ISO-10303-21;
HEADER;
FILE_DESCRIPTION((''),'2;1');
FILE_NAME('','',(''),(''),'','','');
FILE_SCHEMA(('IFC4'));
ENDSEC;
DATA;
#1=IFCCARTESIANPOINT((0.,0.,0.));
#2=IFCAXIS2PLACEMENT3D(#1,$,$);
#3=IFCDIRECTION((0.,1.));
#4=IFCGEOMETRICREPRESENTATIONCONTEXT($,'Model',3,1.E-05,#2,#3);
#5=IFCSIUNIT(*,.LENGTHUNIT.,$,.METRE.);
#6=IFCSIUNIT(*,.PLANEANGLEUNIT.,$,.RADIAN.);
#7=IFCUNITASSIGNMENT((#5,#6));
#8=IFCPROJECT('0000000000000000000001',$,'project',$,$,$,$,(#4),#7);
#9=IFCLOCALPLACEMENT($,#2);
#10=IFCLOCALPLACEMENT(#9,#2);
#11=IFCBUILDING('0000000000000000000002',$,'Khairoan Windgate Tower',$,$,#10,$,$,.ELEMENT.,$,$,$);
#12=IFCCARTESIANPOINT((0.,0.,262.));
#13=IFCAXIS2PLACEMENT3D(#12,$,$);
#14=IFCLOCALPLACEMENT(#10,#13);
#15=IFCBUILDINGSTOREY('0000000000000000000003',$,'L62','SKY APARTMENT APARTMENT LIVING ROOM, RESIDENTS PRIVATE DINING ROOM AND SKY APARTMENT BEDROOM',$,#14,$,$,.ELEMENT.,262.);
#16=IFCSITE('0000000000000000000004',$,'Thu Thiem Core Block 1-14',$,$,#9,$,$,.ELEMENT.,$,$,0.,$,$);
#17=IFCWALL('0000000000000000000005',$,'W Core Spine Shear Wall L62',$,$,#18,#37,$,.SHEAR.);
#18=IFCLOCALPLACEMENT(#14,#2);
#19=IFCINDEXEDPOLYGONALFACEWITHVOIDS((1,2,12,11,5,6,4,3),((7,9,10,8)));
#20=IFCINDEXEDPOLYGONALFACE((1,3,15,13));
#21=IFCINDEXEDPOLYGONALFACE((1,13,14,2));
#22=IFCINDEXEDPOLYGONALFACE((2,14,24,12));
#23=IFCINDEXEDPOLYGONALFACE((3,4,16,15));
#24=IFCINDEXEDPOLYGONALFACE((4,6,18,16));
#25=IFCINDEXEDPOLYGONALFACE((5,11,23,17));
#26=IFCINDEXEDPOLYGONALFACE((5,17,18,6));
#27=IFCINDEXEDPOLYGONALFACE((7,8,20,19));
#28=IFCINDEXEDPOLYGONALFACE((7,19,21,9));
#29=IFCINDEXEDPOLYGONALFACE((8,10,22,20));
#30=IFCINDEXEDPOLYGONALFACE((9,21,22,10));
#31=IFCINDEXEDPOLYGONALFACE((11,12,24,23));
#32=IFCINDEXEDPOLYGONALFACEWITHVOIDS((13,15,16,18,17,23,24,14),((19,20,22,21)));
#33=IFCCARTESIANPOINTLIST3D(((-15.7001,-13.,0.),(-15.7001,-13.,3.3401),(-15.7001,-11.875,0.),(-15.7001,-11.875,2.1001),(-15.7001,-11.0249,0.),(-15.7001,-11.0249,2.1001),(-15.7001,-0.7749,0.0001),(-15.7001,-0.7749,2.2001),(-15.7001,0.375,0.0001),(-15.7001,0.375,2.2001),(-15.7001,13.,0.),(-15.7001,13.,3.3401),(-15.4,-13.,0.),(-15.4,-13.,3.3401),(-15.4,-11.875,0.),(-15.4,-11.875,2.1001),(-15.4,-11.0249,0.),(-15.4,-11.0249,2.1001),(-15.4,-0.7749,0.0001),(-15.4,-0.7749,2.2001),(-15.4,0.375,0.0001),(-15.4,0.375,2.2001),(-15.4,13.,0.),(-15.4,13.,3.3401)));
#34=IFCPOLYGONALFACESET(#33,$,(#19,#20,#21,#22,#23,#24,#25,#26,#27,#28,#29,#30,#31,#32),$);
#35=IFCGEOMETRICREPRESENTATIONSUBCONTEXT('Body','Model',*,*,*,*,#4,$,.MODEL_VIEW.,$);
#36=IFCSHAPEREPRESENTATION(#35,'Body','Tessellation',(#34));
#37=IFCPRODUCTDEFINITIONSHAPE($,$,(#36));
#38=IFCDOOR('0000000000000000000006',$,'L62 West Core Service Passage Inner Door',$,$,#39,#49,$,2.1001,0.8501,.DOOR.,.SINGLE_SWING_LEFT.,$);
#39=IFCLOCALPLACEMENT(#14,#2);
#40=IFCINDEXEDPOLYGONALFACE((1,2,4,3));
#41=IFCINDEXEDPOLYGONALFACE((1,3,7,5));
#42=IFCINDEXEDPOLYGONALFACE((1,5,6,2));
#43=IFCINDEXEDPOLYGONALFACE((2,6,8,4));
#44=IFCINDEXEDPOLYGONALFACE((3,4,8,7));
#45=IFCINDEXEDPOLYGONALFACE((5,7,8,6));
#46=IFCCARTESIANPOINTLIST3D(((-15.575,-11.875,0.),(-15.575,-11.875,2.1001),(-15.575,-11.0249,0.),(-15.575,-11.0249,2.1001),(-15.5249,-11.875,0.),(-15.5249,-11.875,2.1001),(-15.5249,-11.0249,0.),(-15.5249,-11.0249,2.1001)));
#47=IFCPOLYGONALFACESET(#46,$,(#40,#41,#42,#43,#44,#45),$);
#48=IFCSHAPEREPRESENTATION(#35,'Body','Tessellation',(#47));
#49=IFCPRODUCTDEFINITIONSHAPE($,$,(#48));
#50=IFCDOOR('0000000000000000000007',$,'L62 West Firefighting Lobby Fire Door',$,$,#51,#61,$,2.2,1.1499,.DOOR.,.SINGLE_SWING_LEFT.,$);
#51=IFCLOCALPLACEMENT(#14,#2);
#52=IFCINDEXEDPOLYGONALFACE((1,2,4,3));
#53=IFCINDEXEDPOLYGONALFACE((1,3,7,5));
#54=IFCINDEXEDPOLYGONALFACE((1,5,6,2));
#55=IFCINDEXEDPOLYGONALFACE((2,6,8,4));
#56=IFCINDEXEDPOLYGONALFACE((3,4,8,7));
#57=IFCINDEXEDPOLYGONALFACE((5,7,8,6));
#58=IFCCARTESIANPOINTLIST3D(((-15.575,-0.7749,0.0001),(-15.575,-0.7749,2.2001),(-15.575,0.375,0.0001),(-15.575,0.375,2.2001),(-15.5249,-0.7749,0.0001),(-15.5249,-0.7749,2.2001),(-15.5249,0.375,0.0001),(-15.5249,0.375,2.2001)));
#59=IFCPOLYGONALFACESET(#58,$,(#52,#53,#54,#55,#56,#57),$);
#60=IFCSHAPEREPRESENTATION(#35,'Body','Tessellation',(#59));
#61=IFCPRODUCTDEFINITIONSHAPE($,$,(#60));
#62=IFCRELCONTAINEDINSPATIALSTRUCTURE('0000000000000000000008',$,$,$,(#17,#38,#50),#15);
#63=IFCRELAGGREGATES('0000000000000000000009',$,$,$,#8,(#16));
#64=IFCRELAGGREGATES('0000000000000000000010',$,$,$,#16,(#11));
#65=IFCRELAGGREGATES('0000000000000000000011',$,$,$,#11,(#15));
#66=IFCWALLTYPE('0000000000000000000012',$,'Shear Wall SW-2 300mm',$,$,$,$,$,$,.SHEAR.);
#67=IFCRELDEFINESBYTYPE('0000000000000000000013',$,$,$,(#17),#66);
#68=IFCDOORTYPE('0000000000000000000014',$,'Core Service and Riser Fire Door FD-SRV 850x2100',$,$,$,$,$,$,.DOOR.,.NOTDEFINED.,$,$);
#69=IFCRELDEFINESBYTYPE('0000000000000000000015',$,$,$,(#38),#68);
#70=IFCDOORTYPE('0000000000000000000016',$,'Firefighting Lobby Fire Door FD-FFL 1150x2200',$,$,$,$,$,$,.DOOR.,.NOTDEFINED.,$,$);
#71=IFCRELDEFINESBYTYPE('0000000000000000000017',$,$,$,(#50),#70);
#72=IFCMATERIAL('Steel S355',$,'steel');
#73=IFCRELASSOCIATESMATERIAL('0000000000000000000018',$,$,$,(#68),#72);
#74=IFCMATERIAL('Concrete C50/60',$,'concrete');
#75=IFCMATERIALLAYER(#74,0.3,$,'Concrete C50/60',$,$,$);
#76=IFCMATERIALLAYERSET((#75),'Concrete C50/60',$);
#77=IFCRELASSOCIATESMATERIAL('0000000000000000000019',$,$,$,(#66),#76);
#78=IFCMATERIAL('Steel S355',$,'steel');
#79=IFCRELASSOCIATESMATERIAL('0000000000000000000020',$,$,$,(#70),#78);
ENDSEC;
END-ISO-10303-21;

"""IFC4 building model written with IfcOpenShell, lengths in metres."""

from ifc_helpers import new_model, si_unit, direction, frame, frame_2d, origin, place, context, subcontext, project, spatial, rectangle, extrude, material, layer, layer_set, type_object, element, fill, save


model = new_model("IFC4")

# Units and contexts
model_context = context("Model", 3, precision=1e-05, world=origin(), true_north=direction((0.0, 1.0)))
body_context = subcontext(model_context, "Body", "Model", "MODEL_VIEW")
ifc_project = project(units=[si_unit("LENGTHUNIT", "METRE"), si_unit("PLANEANGLEUNIT", "RADIAN")], contexts=[model_context])

# Site, building, storey
site_placement = place(None, origin())
site = spatial("IfcSite", under=ifc_project, at=site_placement, Name="Thu Thiem Core Block 1-14", CompositionType="ELEMENT", RefElevation=0.0)
building_placement = place(site_placement, origin())
building = spatial("IfcBuilding", under=site, at=building_placement, Name="Khairoan Windgate Tower", CompositionType="ELEMENT")
storey_placement = place(building_placement, frame((0.0, 0.0, 262.0)))
storey = spatial("IfcBuildingStorey", under=building, at=storey_placement, Name="L62", Description="SKY APARTMENT APARTMENT LIVING ROOM, RESIDENTS PRIVATE DINING ROOM AND SKY APARTMENT BEDROOM", CompositionType="ELEMENT", Elevation=262.0)

# Shared definitions
ifc_material_1 = material(Name="Steel S355", Category="steel")
door_type_1 = type_object("IfcDoorType", Name="Core Service and Riser Fire Door FD-SRV 850x2100", OperationType="NOTDEFINED", PredefinedType="DOOR", material=ifc_material_1)

# Wall, openings, doors
ifc_material_2 = material(Name="Concrete C50/60", Category="concrete")
ifc_layer_1 = layer(ifc_material_2, 0.3, Name="Concrete C50/60")
ifc_layer_set_1 = layer_set([ifc_layer_1], Name="Concrete C50/60")
wall_type_1 = type_object("IfcWallType", Name="Shear Wall SW-2 300mm", PredefinedType="SHEAR", material=ifc_layer_set_1)
wall_1_placement = place(storey_placement, frame((-15.55, -13.0, 0.0), z_axis=(0.0, 0.0, 1.0), x_axis=(0.0, 1.0, 0.0)))
wall_1 = element("IfcWall", 1, at=wall_1_placement, inside=storey, type_object=wall_type_1, Name="W Core Spine Shear Wall L62", PredefinedType="SHEAR", context=body_context, shape_type="SweptSolid", body=[
    extrude(rectangle(XDim=26.0, YDim=0.3, at=frame_2d((13.0, 0.0))), origin(), (0.0, 0.0, 1.0), 3.3401),
])
opening_1_placement = place(wall_1_placement, frame((12.2251, 0.0, 0.0)))
opening_1 = element("IfcOpeningElement", 2, at=opening_1_placement, cuts=wall_1, PredefinedType="OPENING", context=body_context, shape_type="SweptSolid", body=[
    extrude(rectangle(XDim=1.1499, YDim=2.2, at=frame_2d((0.575, 1.1001))), frame((0.0, 0.1599, 0.0), z_axis=(0.0, -1.0, 0.0), x_axis=(1.0, 0.0, 0.0)), (0.0, 0.0, 1.0), 0.3201),
])
opening_2_placement = place(wall_1_placement, frame((1.125, 0.0, 0.0)))
opening_2 = element("IfcOpeningElement", 3, at=opening_2_placement, cuts=wall_1, PredefinedType="OPENING", context=body_context, shape_type="SweptSolid", body=[
    extrude(rectangle(XDim=0.8501, YDim=2.1001, at=frame_2d((0.425, 1.05))), frame((0.0, 0.1599, 0.0), z_axis=(0.0, -1.0, 0.0), x_axis=(1.0, 0.0, 0.0)), (0.0, 0.0, 1.0), 0.3201),
])
door_1_placement = place(opening_2_placement, origin())
door_1 = element("IfcDoor", 4, at=door_1_placement, inside=storey, type_object=door_type_1, Name="L62 West Core Service Passage Inner Door", OperationType="SINGLE_SWING_LEFT", OverallHeight=2.1001, OverallWidth=0.8501, PredefinedType="DOOR", context=body_context, shape_type="SweptSolid", body=[
    extrude(rectangle(XDim=0.8501, YDim=2.1001, at=frame_2d((0.425, 1.05))), frame((0.0, 0.0249, 0.0), z_axis=(0.0, -1.0, 0.0), x_axis=(1.0, 0.0, 0.0)), (0.0, 0.0, 1.0), 0.05),
])
fill(opening_2, door_1)
ifc_material_3 = material(Name="Steel S355", Category="steel")
door_type_2 = type_object("IfcDoorType", Name="Firefighting Lobby Fire Door FD-FFL 1150x2200", OperationType="NOTDEFINED", PredefinedType="DOOR", material=ifc_material_3)
door_2_placement = place(opening_1_placement, origin())
door_2 = element("IfcDoor", 5, at=door_2_placement, inside=storey, type_object=door_type_2, Name="L62 West Firefighting Lobby Fire Door", OperationType="SINGLE_SWING_LEFT", OverallHeight=2.2, OverallWidth=1.1499, PredefinedType="DOOR", context=body_context, shape_type="SweptSolid", body=[
    extrude(rectangle(XDim=1.1499, YDim=2.2, at=frame_2d((0.575, 1.1001))), frame((0.0, 0.0249, 0.0), z_axis=(0.0, -1.0, 0.0), x_axis=(1.0, 0.0, 0.0)), (0.0, 0.0, 1.0), 0.05),
])
fill(opening_1, door_2)

save(model, "model.ifc")
